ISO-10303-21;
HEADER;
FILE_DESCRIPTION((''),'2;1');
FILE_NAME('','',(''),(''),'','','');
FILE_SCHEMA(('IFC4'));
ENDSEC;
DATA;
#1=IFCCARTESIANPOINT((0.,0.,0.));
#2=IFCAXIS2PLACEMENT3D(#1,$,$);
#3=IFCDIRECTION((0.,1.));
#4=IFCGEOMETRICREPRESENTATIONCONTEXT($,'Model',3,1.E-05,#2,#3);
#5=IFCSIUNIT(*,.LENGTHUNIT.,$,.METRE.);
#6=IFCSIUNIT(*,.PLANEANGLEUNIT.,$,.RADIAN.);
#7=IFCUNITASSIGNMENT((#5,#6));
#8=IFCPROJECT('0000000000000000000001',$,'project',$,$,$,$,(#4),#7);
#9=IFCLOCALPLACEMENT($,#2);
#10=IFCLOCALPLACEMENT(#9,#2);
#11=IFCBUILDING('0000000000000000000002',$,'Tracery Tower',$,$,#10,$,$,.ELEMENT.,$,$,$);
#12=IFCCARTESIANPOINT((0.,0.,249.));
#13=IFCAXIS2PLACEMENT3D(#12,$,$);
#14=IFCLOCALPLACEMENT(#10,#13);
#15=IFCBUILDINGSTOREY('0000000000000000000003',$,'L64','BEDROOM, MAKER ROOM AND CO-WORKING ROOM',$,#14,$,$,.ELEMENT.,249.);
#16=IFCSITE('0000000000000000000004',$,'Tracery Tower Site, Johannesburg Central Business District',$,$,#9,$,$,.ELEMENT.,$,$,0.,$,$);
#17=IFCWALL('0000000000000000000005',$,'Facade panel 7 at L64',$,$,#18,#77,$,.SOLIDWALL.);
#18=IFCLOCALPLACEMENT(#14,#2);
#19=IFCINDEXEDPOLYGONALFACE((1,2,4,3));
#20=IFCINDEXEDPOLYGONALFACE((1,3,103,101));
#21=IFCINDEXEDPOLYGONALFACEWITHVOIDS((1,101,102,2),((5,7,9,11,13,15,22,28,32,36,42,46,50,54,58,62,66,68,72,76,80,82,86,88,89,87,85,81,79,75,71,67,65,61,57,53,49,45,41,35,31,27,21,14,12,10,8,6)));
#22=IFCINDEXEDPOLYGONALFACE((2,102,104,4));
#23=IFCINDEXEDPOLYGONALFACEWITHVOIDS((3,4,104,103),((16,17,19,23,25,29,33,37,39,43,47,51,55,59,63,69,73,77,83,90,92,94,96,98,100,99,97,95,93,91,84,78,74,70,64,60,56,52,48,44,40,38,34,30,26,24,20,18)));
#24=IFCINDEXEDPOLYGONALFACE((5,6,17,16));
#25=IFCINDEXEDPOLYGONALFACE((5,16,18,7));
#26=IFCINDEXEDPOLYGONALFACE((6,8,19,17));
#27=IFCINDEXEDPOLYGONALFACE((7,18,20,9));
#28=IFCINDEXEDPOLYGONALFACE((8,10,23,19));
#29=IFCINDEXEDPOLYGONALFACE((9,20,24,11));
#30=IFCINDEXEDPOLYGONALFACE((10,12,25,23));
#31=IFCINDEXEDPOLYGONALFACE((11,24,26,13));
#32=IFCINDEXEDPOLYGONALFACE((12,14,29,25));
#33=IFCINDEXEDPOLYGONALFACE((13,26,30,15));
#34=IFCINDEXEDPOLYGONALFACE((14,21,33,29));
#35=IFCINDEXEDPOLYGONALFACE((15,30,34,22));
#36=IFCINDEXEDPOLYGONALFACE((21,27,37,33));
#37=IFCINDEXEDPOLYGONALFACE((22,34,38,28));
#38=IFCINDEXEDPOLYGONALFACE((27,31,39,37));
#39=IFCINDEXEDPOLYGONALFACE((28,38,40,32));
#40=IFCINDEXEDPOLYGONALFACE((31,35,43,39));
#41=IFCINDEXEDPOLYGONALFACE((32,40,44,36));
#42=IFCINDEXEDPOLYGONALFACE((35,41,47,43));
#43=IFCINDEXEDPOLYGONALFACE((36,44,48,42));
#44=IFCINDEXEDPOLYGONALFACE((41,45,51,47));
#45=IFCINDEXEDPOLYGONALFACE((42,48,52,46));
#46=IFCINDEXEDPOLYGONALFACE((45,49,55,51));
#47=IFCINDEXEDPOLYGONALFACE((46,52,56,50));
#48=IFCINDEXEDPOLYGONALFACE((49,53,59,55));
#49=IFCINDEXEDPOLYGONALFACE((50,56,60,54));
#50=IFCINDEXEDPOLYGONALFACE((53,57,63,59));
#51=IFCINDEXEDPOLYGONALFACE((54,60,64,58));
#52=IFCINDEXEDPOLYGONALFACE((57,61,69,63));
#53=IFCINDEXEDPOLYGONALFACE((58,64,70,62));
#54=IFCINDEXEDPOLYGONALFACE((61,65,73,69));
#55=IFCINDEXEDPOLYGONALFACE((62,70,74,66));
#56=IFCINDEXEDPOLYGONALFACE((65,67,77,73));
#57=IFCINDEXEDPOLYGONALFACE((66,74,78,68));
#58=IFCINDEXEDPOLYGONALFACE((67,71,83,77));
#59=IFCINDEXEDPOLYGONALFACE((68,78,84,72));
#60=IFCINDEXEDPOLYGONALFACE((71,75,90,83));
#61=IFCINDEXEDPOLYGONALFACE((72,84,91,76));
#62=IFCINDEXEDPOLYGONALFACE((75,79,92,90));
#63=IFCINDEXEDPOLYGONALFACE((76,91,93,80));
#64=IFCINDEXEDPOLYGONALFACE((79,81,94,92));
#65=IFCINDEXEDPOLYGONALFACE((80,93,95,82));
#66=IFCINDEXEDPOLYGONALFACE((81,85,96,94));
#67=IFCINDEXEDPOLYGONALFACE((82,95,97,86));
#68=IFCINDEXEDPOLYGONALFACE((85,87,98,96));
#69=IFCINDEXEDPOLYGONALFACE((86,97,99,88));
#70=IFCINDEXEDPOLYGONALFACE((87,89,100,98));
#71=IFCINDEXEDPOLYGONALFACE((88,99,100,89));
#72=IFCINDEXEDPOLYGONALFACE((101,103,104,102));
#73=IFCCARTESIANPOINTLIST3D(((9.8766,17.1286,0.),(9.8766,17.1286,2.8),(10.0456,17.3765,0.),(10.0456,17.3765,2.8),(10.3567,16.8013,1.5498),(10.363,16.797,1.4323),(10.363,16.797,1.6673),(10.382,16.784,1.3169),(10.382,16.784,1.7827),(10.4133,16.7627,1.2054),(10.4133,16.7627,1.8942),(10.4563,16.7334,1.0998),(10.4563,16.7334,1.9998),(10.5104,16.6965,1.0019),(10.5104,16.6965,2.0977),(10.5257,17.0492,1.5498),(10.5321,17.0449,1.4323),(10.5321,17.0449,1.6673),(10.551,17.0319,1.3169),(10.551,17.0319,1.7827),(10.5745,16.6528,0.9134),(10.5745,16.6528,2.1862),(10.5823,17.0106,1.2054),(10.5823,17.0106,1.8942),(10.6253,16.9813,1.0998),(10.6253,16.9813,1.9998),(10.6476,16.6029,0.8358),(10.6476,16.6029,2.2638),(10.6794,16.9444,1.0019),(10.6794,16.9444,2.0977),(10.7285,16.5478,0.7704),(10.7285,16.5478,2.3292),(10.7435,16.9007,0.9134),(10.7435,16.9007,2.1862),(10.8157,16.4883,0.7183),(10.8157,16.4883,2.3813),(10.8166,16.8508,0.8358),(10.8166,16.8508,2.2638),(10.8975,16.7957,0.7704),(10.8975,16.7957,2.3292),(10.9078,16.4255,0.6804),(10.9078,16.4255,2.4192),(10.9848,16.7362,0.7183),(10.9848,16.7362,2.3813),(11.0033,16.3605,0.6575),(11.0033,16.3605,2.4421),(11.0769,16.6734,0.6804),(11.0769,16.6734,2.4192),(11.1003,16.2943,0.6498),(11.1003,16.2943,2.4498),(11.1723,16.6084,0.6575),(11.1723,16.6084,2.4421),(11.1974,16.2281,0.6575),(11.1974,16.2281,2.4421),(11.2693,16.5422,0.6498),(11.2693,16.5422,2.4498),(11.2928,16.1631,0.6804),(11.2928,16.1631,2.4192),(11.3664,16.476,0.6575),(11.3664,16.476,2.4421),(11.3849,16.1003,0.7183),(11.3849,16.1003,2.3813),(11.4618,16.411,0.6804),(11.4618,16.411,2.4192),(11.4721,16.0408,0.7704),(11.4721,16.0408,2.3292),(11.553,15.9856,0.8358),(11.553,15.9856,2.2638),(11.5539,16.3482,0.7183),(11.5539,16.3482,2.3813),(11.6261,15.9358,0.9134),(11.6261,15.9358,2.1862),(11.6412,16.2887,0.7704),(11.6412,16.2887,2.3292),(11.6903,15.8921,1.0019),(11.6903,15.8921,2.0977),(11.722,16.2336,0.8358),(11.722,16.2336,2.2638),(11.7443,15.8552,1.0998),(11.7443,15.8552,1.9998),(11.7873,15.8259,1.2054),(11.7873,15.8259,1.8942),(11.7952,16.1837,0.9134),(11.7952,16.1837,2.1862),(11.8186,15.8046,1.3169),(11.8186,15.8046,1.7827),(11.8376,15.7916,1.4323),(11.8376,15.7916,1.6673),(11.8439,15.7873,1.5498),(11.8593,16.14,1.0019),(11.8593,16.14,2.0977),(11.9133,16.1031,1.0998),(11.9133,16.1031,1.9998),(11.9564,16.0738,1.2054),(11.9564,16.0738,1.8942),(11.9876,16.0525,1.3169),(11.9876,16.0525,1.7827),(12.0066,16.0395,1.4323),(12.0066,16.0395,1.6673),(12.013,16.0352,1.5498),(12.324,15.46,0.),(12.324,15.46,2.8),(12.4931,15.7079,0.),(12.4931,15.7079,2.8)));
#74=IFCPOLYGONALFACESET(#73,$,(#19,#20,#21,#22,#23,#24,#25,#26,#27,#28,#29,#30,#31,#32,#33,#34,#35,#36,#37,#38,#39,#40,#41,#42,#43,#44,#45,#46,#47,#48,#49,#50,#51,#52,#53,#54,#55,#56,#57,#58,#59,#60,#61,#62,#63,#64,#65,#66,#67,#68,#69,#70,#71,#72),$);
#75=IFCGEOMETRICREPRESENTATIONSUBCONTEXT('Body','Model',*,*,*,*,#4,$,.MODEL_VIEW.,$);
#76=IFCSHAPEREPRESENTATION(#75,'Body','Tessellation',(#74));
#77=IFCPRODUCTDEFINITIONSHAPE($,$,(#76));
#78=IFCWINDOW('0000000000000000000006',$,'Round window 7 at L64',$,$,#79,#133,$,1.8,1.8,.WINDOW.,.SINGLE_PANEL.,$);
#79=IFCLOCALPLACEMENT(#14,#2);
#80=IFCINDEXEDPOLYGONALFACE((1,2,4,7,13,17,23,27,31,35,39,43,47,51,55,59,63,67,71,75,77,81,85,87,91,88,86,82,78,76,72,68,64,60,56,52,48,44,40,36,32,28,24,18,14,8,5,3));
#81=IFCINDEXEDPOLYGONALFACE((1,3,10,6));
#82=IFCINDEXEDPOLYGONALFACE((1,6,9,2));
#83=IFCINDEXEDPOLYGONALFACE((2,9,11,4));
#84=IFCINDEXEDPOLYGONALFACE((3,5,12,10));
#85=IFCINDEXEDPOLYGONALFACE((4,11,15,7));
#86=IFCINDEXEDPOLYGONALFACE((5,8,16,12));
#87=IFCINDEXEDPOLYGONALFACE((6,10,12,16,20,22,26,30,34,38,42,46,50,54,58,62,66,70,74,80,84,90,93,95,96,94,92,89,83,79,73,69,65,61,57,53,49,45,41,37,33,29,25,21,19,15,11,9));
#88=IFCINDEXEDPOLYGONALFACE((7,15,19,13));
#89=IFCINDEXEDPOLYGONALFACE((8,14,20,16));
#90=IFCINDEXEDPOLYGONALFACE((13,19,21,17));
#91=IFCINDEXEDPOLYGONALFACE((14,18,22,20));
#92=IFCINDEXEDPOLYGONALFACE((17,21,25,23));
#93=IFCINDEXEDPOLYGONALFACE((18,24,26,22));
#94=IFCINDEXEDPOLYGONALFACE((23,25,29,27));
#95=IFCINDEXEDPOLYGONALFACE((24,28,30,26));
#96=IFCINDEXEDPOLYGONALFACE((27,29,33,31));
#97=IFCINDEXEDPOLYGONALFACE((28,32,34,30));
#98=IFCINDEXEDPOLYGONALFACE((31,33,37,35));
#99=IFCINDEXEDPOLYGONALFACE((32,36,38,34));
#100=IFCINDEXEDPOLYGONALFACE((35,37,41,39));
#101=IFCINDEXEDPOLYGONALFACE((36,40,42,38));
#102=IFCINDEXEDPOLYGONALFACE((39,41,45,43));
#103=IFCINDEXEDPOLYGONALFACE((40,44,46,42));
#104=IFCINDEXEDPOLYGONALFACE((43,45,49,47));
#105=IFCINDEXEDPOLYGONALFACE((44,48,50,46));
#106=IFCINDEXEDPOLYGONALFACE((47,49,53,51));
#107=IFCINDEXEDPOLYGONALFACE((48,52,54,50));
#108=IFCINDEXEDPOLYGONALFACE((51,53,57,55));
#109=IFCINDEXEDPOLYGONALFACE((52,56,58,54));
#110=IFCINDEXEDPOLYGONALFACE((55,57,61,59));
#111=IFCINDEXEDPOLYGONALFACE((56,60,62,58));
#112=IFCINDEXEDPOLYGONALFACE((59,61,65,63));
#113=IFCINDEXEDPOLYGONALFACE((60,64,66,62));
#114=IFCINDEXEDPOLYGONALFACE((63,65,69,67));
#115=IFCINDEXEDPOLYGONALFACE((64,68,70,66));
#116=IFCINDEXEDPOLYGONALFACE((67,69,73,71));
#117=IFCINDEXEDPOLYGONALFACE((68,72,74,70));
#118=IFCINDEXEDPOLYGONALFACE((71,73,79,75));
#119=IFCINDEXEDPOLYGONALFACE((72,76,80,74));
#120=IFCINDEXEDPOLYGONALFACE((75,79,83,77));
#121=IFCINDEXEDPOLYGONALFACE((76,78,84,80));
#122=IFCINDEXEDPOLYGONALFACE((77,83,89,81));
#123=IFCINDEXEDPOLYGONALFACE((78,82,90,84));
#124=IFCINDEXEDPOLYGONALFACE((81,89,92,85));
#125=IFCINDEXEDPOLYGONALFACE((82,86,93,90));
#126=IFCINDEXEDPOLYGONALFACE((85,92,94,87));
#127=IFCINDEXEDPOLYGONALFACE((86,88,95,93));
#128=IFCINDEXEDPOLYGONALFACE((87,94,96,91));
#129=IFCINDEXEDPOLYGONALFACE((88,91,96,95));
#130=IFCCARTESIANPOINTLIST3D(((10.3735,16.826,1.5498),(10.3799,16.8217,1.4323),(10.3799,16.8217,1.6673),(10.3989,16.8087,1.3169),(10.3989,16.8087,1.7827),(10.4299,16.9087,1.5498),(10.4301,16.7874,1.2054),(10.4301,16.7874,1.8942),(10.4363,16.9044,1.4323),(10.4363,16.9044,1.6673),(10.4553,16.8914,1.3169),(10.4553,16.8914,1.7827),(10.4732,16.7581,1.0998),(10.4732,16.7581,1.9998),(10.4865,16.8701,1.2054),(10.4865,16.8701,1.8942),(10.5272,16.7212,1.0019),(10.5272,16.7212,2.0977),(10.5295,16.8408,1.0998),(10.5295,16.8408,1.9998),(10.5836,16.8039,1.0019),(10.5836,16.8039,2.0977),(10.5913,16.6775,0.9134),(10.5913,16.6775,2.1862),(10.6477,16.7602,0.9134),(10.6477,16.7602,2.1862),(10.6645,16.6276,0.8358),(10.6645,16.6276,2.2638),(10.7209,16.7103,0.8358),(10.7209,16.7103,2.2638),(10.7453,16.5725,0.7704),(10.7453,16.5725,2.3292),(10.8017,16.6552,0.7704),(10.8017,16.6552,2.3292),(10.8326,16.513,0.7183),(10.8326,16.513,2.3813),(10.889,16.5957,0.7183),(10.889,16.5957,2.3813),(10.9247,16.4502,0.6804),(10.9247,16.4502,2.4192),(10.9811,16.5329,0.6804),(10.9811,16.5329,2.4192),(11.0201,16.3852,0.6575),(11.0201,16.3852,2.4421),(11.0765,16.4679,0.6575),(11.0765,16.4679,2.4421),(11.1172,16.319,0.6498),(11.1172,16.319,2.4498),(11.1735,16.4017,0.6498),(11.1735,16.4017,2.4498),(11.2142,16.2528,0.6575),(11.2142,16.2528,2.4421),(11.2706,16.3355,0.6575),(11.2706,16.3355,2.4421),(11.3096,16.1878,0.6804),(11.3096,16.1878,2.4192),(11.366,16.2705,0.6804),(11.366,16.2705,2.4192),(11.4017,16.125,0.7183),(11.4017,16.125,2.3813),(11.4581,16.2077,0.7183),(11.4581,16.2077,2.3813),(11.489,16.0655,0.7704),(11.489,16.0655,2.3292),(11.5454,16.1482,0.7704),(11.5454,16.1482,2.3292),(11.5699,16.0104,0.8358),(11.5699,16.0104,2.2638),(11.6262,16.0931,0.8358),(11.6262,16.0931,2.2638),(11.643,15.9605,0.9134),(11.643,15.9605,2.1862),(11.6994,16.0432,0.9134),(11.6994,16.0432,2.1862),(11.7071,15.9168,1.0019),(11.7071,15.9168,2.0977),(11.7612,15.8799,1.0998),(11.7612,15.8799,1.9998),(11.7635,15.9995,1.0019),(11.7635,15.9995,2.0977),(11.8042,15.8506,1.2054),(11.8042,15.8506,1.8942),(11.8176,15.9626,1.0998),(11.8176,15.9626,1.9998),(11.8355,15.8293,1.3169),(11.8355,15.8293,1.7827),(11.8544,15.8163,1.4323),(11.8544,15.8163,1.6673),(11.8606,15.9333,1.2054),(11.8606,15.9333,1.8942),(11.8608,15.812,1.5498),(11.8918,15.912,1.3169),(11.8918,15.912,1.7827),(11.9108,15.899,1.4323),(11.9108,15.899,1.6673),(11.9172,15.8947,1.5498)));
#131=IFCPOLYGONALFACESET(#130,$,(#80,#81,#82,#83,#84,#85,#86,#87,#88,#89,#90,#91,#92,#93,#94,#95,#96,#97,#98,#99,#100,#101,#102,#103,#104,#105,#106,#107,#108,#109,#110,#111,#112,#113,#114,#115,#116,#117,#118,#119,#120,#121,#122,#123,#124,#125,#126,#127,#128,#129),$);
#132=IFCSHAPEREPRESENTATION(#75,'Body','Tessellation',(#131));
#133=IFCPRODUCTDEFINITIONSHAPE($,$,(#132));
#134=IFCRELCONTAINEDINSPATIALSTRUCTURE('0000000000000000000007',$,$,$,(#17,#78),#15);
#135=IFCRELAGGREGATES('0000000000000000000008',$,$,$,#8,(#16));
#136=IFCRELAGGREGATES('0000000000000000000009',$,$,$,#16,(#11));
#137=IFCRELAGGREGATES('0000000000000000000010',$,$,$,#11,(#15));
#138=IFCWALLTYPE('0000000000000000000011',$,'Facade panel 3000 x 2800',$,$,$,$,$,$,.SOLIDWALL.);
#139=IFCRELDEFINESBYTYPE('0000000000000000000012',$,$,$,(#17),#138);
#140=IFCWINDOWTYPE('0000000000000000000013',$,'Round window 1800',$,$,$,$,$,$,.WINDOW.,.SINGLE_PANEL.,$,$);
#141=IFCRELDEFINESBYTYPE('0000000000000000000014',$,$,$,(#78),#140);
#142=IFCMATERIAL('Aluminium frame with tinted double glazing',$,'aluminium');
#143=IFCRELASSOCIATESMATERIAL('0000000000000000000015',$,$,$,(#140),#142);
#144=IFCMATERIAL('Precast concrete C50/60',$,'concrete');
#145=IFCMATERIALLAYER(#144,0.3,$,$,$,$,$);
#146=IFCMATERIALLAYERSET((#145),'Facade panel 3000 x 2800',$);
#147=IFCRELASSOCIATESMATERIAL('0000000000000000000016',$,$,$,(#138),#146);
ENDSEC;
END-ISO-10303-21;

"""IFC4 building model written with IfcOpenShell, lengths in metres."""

from ifc_helpers import new_model, si_unit, direction, frame, frame_2d, origin, origin_2d, place, context, subcontext, project, spatial, rectangle, circle, extrude, material, layer, layer_set, type_object, element, fill, save


model = new_model("IFC4")

# Units and contexts
model_context = context("Model", 3, precision=1e-05, world=origin(), true_north=direction((0.0, 1.0)))
body_context = subcontext(model_context, "Body", "Model", "MODEL_VIEW")
ifc_project = project(units=[si_unit("LENGTHUNIT", "METRE"), si_unit("PLANEANGLEUNIT", "RADIAN")], contexts=[model_context])

# Site, building, storey
site_placement = place(None, origin())
site = spatial("IfcSite", under=ifc_project, at=site_placement, Name="Tracery Tower Site, Johannesburg Central Business District", CompositionType="ELEMENT", RefElevation=0.0)
building_placement = place(site_placement, origin())
building = spatial("IfcBuilding", under=site, at=building_placement, Name="Tracery Tower", CompositionType="ELEMENT")
storey_placement = place(building_placement, frame((0.0, 0.0, 249.0)))
storey = spatial("IfcBuildingStorey", under=building, at=storey_placement, Name="L64", Description="BEDROOM, MAKER ROOM AND CO-WORKING ROOM", CompositionType="ELEMENT", Elevation=249.0)

# Wall, opening, window
ifc_material_1 = material(Name="Aluminium frame with tinted double glazing", Category="aluminium")
window_type = type_object("IfcWindowType", Name="Round window 1800", PartitioningType="SINGLE_PANEL", PredefinedType="WINDOW", material=ifc_material_1)
ifc_material_2 = material(Name="Precast concrete C50/60", Category="concrete")
ifc_layer_1 = layer(ifc_material_2, 0.3)
ifc_layer_set_1 = layer_set([ifc_layer_1], Name="Facade panel 3000 x 2800")
wall_type_1 = type_object("IfcWallType", Name="Facade panel 3000 x 2800", PredefinedType="SOLIDWALL", material=ifc_layer_set_1)
wall_1_placement = place(storey_placement, frame((12.4084, 15.584, 0.0), z_axis=(0.0, 0.0, 1.0), x_axis=(-0.826236, 0.563324, 0.0)))
wall_1 = element("IfcWall", 1, at=wall_1_placement, inside=storey, type_object=wall_type_1, Name="Facade panel 7 at L64", PredefinedType="SOLIDWALL", context=body_context, shape_type="SweptSolid", body=[
    extrude(rectangle(XDim=2.9622, YDim=0.3, at=frame_2d((1.481, 0.0))), origin(), (0.0, 0.0, 1.0), 2.8),
])
opening_1_placement = place(wall_1_placement, frame((1.481, 0.0, 1.5498)))
opening_1 = element("IfcOpeningElement", 2, at=opening_1_placement, cuts=wall_1, PredefinedType="OPENING", context=body_context, shape_type="SweptSolid", body=[
    extrude(circle(Radius=0.9, at=origin_2d()), frame((0.0, 0.1599, 0.0), z_axis=(0.0, -1.0, 0.0), x_axis=(1.0, 0.0, 0.0)), (0.0, 0.0, 1.0), 0.3201),
])
window_1_placement = place(opening_1_placement, origin())
window_1 = element("IfcWindow", 3, at=window_1_placement, inside=storey, type_object=window_type, Name="Round window 7 at L64", OverallHeight=1.8, OverallWidth=1.8, PartitioningType="SINGLE_PANEL", PredefinedType="WINDOW", context=body_context, shape_type="SweptSolid", body=[
    extrude(circle(Radius=0.9, at=origin_2d()), frame((0.0, 0.1201, 0.0), z_axis=(0.0, -1.0, 0.0), x_axis=(1.0, 0.0, 0.0)), (0.0, 0.0, 1.0), 0.1001),
])
fill(opening_1, window_1)

save(model, "model.ifc")
